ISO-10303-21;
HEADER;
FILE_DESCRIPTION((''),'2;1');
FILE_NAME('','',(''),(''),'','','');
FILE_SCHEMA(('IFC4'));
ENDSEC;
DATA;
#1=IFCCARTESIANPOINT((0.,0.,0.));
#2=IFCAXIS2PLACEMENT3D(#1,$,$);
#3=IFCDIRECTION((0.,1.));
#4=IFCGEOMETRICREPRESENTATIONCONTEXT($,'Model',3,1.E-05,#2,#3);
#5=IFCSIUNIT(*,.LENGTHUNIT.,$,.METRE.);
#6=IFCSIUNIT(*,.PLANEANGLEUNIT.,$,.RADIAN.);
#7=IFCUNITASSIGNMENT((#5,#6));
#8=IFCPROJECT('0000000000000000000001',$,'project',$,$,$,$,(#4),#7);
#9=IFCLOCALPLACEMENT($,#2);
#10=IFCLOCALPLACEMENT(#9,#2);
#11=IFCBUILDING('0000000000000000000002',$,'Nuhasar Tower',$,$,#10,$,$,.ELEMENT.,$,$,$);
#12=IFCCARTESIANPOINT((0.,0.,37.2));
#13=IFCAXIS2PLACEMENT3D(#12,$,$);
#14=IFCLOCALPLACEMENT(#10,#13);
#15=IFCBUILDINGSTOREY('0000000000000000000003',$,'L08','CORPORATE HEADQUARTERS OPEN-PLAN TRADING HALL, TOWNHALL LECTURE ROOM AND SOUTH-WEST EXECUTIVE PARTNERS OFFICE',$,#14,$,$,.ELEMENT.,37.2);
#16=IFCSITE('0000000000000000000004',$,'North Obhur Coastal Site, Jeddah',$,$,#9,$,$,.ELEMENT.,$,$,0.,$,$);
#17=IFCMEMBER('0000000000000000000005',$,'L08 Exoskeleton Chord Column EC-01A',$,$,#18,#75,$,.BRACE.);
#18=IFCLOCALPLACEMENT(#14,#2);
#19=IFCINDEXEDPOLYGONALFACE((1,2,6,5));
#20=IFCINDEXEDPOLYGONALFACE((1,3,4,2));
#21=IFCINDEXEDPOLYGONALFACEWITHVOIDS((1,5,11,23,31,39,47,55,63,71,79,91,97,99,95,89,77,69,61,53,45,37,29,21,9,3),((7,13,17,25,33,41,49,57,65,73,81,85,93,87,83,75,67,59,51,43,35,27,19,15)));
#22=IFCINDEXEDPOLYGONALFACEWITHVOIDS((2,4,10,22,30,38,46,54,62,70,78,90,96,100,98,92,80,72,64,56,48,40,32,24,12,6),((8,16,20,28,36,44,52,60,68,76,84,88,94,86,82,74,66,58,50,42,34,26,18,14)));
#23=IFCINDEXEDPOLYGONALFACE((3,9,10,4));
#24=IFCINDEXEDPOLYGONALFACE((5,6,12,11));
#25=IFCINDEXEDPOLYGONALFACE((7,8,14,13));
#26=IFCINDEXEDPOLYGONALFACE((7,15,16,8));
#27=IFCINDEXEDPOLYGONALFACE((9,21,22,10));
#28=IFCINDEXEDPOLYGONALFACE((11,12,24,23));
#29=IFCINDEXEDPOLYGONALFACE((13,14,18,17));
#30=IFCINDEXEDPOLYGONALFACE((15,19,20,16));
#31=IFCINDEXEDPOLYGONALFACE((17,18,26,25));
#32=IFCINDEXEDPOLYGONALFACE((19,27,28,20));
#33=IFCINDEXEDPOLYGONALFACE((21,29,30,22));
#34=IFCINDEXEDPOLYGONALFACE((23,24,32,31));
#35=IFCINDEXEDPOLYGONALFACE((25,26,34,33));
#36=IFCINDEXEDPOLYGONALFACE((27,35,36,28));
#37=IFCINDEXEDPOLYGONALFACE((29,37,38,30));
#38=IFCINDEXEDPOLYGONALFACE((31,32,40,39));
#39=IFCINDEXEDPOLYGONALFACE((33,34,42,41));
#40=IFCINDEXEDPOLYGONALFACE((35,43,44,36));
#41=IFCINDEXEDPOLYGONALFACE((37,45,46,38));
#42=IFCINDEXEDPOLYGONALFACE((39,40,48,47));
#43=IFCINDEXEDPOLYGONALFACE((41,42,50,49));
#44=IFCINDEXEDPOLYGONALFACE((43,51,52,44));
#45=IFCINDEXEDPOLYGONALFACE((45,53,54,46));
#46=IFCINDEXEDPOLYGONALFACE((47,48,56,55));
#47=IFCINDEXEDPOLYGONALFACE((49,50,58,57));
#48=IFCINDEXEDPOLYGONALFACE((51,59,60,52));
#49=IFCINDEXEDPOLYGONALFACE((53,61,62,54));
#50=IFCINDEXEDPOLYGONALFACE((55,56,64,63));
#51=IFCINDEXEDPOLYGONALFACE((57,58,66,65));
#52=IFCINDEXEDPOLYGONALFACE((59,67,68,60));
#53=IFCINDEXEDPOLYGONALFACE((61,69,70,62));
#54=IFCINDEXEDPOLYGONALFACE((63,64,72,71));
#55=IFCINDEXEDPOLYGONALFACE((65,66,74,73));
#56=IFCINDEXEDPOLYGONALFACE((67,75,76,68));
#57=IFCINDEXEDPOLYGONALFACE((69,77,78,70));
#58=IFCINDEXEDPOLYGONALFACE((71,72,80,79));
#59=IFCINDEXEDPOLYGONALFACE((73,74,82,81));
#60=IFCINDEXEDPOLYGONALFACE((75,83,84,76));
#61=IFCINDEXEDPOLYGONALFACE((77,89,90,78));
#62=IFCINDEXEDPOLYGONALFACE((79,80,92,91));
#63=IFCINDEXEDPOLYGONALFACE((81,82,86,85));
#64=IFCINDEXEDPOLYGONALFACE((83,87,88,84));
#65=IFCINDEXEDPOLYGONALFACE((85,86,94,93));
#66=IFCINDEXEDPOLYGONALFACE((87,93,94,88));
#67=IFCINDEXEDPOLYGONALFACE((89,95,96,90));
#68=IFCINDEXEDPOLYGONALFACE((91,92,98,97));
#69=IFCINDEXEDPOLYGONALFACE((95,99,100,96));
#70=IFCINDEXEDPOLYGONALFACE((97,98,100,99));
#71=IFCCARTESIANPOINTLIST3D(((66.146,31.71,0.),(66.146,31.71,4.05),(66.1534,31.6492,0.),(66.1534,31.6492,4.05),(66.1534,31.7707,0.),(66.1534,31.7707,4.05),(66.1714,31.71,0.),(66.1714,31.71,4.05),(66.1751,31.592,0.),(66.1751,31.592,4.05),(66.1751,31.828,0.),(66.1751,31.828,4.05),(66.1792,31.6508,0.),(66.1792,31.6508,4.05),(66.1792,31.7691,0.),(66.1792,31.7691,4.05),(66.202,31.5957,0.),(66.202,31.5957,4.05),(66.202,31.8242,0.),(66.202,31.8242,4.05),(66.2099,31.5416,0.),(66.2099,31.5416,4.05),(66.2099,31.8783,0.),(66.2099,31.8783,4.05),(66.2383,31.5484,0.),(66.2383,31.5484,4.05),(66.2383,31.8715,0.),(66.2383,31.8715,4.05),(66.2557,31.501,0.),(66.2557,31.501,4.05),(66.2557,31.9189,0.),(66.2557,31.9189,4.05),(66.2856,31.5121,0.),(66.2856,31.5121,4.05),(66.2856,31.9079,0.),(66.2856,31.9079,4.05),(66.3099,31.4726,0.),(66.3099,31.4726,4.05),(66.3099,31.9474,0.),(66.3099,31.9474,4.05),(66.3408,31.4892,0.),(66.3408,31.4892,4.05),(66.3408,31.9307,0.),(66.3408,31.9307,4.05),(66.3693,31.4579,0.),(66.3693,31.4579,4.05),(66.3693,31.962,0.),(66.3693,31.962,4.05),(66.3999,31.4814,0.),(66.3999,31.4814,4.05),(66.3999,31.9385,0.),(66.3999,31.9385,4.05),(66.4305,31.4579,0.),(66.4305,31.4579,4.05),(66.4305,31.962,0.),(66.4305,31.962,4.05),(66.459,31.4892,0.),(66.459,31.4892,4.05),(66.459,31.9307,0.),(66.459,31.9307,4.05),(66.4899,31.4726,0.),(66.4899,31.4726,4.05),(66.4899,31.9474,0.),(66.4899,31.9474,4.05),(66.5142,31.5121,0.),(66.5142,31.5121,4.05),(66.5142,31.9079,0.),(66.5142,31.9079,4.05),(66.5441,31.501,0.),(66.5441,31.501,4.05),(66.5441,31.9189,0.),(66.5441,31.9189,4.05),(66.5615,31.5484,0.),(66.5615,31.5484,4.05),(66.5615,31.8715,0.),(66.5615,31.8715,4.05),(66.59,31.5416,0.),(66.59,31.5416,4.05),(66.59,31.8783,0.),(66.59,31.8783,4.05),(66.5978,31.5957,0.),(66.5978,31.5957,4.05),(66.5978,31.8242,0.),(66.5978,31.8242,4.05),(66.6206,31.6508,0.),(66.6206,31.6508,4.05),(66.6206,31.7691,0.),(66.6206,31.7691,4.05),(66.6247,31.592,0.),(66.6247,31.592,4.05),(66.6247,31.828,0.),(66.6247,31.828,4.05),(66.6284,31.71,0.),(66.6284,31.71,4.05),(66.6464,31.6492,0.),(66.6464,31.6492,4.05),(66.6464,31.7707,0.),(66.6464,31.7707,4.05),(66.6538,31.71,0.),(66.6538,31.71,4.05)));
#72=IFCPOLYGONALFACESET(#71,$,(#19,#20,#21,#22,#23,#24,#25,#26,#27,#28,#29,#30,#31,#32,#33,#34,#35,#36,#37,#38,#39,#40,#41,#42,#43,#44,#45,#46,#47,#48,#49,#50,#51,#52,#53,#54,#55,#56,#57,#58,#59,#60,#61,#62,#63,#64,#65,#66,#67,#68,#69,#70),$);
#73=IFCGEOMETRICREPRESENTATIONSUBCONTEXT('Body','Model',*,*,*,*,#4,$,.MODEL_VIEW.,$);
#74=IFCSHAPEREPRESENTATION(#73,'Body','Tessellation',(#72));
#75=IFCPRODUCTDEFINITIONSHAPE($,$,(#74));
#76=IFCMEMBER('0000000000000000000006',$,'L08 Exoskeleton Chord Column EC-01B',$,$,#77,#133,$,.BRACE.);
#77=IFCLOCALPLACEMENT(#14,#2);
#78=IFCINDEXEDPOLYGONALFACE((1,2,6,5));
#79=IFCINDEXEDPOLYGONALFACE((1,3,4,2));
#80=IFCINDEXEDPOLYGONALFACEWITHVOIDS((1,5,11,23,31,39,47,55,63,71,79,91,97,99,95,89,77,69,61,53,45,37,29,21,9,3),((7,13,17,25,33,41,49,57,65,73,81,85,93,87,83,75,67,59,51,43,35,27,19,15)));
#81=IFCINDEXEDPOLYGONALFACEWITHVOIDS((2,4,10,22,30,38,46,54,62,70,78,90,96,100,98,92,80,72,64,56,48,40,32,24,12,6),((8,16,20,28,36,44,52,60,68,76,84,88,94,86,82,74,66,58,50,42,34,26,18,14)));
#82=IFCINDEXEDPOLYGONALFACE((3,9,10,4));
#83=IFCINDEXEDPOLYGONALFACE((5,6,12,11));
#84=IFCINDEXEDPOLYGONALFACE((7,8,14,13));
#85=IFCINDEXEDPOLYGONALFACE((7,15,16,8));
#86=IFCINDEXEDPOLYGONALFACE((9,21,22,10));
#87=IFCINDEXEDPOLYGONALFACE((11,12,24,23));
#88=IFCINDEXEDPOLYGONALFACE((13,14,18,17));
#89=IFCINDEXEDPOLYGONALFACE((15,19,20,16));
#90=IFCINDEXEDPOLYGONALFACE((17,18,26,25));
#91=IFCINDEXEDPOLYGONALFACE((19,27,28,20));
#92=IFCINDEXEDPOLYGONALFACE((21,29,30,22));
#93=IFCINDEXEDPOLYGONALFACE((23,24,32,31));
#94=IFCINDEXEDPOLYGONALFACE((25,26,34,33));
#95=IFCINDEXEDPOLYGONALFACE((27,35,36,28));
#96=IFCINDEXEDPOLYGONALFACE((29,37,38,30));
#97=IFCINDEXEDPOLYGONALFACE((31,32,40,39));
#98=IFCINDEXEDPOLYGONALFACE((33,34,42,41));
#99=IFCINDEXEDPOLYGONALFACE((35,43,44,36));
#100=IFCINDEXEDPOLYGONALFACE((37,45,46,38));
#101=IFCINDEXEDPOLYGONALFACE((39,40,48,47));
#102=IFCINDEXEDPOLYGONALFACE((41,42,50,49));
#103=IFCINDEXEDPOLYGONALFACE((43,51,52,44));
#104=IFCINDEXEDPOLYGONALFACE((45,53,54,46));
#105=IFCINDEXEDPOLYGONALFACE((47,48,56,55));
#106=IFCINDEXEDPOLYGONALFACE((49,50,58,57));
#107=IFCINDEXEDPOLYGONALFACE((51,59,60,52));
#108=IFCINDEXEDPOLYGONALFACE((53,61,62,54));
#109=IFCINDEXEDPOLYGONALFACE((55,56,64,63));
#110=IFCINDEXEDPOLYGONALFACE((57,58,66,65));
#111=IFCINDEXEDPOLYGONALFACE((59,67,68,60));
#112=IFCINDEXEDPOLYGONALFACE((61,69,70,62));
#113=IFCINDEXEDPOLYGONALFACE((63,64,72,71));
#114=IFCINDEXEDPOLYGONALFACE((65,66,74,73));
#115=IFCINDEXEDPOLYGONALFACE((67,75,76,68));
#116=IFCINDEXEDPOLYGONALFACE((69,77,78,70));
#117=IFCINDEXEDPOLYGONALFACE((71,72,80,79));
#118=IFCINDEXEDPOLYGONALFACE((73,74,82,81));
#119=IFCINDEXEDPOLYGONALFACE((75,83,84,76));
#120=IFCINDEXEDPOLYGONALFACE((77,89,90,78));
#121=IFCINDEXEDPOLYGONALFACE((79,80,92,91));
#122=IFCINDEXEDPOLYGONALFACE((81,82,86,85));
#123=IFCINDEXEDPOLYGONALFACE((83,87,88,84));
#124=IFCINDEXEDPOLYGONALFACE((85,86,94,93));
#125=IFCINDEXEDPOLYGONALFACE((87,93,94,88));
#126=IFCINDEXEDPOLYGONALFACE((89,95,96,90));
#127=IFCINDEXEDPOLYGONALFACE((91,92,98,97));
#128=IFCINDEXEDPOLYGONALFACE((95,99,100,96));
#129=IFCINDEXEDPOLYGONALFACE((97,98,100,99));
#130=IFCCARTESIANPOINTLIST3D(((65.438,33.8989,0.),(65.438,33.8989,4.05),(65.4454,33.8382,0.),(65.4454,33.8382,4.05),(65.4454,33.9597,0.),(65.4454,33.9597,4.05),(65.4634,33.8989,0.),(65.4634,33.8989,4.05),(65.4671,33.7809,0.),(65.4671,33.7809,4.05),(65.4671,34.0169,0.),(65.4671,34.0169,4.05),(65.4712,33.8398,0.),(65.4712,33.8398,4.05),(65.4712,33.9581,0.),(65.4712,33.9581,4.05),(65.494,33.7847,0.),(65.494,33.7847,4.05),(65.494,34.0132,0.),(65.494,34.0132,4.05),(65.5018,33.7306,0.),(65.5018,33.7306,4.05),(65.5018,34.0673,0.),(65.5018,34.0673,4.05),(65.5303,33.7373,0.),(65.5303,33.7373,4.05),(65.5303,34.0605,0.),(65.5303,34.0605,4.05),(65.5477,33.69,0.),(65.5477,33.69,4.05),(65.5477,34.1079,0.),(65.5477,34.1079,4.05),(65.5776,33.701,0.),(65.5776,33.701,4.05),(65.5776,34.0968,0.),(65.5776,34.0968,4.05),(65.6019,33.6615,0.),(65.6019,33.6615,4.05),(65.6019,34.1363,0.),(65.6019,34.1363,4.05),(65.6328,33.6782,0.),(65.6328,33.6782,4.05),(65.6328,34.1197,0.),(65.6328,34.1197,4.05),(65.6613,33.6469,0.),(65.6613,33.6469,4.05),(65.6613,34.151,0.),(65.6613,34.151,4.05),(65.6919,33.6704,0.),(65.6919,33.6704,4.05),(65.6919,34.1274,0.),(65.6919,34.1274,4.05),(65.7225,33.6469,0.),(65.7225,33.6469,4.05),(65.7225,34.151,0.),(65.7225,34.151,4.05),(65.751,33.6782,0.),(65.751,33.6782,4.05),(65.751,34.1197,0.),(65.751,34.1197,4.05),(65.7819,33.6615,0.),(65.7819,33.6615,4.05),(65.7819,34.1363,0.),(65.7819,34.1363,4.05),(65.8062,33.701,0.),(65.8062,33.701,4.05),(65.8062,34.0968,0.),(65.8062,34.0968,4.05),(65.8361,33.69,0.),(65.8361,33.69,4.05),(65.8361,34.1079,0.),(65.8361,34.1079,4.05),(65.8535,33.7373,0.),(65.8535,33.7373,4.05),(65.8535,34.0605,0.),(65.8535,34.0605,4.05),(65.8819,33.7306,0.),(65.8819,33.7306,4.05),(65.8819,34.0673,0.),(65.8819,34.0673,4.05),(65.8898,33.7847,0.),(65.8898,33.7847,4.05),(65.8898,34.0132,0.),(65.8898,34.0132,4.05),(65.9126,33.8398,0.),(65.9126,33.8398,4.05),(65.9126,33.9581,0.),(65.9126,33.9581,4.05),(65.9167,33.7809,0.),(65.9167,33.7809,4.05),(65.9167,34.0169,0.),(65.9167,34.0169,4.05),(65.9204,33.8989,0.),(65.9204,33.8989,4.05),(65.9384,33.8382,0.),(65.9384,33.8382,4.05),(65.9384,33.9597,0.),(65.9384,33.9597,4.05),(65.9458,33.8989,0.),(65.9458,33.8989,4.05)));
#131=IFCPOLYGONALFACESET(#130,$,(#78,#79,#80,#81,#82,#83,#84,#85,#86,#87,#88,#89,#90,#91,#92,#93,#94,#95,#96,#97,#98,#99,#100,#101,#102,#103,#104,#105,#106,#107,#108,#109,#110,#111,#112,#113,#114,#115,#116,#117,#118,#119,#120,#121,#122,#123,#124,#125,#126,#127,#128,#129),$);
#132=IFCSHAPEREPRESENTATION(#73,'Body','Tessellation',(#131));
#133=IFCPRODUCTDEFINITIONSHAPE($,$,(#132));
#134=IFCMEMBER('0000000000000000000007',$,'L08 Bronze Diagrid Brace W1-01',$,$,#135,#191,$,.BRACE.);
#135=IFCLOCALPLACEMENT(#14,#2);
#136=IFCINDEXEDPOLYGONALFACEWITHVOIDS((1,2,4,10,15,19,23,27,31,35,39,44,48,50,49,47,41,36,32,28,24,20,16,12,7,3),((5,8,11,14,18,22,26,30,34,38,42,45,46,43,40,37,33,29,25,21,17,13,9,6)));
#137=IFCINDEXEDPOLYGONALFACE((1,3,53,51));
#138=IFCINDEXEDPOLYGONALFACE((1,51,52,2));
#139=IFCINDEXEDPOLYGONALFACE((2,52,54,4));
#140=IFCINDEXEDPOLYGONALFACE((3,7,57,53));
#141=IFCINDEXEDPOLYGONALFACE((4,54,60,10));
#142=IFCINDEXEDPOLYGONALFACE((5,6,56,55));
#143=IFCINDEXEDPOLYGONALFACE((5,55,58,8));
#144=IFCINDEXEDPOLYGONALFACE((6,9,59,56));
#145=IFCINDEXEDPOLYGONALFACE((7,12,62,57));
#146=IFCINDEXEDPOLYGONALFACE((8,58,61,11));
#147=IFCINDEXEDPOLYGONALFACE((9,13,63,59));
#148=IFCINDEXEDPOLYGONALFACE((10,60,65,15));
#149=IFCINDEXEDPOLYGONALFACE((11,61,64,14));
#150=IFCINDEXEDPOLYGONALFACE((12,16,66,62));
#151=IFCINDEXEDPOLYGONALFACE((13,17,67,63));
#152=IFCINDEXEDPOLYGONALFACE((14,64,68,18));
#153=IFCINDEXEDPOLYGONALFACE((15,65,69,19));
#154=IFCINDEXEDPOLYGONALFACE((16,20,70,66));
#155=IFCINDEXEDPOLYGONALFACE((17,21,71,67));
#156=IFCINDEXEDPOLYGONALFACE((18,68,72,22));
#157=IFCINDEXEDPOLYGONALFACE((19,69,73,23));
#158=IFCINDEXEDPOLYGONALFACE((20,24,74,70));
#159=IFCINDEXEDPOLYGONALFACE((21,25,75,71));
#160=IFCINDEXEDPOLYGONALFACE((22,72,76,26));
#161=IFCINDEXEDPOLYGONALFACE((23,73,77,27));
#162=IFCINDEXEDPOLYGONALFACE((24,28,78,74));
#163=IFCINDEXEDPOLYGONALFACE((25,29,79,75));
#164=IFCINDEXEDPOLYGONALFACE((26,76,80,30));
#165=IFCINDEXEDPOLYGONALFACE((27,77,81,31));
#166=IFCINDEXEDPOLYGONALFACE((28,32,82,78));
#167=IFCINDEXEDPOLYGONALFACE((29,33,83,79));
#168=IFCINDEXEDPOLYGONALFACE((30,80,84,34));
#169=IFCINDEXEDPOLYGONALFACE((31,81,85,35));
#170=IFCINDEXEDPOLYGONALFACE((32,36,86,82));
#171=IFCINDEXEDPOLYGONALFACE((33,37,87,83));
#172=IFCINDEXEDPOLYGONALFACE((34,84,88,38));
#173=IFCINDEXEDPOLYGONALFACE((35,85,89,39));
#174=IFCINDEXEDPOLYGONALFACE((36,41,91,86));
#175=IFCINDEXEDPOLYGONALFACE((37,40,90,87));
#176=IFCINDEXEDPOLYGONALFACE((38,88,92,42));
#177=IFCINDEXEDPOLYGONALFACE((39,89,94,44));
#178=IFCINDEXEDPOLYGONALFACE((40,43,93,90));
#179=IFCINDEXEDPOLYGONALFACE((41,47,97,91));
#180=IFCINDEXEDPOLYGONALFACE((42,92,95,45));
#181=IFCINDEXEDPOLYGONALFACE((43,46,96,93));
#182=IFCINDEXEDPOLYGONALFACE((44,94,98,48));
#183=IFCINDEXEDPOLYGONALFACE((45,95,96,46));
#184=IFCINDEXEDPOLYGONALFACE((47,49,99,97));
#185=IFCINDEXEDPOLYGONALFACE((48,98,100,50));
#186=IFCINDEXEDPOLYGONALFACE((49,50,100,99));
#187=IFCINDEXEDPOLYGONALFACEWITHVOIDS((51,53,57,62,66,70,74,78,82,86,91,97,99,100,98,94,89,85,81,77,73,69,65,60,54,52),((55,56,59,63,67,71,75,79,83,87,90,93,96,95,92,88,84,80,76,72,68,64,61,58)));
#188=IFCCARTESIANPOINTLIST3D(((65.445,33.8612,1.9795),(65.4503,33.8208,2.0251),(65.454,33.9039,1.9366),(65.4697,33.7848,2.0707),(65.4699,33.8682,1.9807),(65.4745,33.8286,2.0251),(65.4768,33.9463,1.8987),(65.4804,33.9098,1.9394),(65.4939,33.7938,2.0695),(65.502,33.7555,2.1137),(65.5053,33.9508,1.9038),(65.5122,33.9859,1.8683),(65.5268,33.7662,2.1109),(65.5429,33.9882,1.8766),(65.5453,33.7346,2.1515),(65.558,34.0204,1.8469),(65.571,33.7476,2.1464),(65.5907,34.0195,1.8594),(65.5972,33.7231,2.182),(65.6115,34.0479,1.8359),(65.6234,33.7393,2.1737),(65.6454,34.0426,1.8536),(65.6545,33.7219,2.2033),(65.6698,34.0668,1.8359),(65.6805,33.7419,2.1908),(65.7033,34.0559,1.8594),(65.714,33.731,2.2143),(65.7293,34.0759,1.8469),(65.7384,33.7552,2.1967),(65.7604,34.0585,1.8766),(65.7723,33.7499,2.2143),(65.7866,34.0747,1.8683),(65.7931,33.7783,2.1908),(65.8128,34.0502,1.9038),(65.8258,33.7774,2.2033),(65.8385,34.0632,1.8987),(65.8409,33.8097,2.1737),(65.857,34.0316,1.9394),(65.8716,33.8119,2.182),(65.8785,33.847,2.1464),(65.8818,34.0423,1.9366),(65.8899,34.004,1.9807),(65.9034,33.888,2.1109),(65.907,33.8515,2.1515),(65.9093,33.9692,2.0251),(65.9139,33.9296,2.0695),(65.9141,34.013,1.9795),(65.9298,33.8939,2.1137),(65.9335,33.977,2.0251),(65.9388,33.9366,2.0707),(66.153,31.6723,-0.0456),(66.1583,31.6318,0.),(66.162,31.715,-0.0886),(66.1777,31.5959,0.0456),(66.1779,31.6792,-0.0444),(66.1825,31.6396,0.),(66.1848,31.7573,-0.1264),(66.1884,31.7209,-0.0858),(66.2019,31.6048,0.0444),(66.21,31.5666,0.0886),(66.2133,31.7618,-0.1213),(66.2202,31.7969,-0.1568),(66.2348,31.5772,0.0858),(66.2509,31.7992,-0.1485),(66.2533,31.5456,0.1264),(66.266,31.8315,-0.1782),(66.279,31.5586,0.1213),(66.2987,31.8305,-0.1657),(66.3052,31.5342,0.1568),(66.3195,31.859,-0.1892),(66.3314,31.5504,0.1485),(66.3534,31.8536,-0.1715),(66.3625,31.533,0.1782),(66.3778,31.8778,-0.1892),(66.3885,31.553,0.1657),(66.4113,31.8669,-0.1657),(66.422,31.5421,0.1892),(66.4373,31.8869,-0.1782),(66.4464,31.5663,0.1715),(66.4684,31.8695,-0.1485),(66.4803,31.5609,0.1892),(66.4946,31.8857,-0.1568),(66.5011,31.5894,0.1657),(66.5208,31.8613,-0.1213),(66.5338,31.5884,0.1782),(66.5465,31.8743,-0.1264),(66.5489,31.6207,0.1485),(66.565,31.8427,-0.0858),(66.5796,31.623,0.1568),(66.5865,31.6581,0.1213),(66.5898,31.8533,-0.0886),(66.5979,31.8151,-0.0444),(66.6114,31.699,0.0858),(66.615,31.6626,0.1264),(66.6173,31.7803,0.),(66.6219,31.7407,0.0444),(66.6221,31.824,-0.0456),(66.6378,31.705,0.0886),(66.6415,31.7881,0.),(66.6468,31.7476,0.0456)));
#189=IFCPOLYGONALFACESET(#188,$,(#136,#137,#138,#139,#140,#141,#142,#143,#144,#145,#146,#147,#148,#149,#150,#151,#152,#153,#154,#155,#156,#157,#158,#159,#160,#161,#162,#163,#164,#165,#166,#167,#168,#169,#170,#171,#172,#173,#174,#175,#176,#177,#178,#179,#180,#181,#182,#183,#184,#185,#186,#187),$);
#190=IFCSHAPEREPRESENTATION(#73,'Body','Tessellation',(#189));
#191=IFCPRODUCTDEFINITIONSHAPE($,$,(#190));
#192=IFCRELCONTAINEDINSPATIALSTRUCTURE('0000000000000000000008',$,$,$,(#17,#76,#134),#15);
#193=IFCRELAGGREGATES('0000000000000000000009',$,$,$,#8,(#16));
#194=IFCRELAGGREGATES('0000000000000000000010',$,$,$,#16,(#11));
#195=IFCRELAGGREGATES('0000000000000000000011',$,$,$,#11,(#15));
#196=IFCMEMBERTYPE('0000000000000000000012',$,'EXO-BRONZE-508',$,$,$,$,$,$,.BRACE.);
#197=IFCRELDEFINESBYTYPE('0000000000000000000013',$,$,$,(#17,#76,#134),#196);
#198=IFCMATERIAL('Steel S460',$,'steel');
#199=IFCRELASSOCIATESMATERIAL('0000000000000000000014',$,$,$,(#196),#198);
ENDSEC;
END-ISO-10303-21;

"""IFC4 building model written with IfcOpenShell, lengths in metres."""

from ifc_helpers import new_model, si_unit, direction, frame, origin, origin_2d, place, context, subcontext, project, spatial, hollow_circle, extrude, material, material_profile, profile_set, type_object, element, save


model = new_model("IFC4")

# Units and contexts
model_context = context("Model", 3, precision=1e-05, world=origin(), true_north=direction((0.0, 1.0)))
body_context = subcontext(model_context, "Body", "Model", "MODEL_VIEW")
ifc_project = project(units=[si_unit("LENGTHUNIT", "METRE"), si_unit("PLANEANGLEUNIT", "RADIAN")], contexts=[model_context])

# Site, building, storey
site_placement = place(None, origin())
site = spatial("IfcSite", under=ifc_project, at=site_placement, Name="North Obhur Coastal Site, Jeddah", CompositionType="ELEMENT", RefElevation=0.0)
building_placement = place(site_placement, origin())
building = spatial("IfcBuilding", under=site, at=building_placement, Name="Nuhasar Tower", CompositionType="ELEMENT")
storey_placement = place(building_placement, frame((0.0, 0.0, 37.2)))
storey = spatial("IfcBuildingStorey", under=building, at=storey_placement, Name="L08", Description="CORPORATE HEADQUARTERS OPEN-PLAN TRADING HALL, TOWNHALL LECTURE ROOM AND SOUTH-WEST EXECUTIVE PARTNERS OFFICE", CompositionType="ELEMENT", Elevation=37.2)

# Members
ifc_material_1 = material(Name="Steel S460", Category="steel")
ifc_material_profile_1 = material_profile(ifc_material_1, hollow_circle(Radius=0.2539, WallThickness=0.0254, at=origin_2d()), Name="HSS508X25.4")
ifc_profile_set_1 = profile_set([ifc_material_profile_1], Name="Steel S460")
member_type_1 = type_object("IfcMemberType", Name="EXO-BRONZE-508", PredefinedType="BRACE", material=ifc_profile_set_1)
for number, where, z_axis, x_axis, name in (
    (1, (66.3999, 31.71, 0.0), (0.0, 0.0, 1.0), (1.0, 0.0, 0.0), "L08 Exoskeleton Chord Column EC-01A"),
    (2, (65.6919, 33.8989, 0.0), (0.0, 0.0, 1.0), (1.0, 0.0, 0.0), "L08 Exoskeleton Chord Column EC-01B"),
):
    element("IfcMember", number, at=place(storey_placement, frame(where, z_axis=z_axis, x_axis=x_axis)), inside=storey, type_object=member_type_1, Name=name, PredefinedType="BRACE", context=body_context, shape_type="SweptSolid", body=[
        extrude(hollow_circle(Radius=0.2539, WallThickness=0.0254, at=origin_2d()), origin(), (0.0, 0.0, 1.0), 4.05),
    ])
member_1_placement = place(storey_placement, frame((66.3999, 31.71, 0.0), z_axis=(-0.231, 0.714187, 0.660739), x_axis=(-0.951468, -0.307747, 0.0)))
element("IfcMember", 3, at=member_1_placement, inside=storey, type_object=member_type_1, Name="L08 Bronze Diagrid Brace W1-01", PredefinedType="BRACE", context=body_context, shape_type="SweptSolid", body=[
    extrude(hollow_circle(Radius=0.2539, WallThickness=0.0254, at=origin_2d()), origin(), (0.0, 0.0, 1.0), 3.0649),
])

save(model, "model.ifc")
